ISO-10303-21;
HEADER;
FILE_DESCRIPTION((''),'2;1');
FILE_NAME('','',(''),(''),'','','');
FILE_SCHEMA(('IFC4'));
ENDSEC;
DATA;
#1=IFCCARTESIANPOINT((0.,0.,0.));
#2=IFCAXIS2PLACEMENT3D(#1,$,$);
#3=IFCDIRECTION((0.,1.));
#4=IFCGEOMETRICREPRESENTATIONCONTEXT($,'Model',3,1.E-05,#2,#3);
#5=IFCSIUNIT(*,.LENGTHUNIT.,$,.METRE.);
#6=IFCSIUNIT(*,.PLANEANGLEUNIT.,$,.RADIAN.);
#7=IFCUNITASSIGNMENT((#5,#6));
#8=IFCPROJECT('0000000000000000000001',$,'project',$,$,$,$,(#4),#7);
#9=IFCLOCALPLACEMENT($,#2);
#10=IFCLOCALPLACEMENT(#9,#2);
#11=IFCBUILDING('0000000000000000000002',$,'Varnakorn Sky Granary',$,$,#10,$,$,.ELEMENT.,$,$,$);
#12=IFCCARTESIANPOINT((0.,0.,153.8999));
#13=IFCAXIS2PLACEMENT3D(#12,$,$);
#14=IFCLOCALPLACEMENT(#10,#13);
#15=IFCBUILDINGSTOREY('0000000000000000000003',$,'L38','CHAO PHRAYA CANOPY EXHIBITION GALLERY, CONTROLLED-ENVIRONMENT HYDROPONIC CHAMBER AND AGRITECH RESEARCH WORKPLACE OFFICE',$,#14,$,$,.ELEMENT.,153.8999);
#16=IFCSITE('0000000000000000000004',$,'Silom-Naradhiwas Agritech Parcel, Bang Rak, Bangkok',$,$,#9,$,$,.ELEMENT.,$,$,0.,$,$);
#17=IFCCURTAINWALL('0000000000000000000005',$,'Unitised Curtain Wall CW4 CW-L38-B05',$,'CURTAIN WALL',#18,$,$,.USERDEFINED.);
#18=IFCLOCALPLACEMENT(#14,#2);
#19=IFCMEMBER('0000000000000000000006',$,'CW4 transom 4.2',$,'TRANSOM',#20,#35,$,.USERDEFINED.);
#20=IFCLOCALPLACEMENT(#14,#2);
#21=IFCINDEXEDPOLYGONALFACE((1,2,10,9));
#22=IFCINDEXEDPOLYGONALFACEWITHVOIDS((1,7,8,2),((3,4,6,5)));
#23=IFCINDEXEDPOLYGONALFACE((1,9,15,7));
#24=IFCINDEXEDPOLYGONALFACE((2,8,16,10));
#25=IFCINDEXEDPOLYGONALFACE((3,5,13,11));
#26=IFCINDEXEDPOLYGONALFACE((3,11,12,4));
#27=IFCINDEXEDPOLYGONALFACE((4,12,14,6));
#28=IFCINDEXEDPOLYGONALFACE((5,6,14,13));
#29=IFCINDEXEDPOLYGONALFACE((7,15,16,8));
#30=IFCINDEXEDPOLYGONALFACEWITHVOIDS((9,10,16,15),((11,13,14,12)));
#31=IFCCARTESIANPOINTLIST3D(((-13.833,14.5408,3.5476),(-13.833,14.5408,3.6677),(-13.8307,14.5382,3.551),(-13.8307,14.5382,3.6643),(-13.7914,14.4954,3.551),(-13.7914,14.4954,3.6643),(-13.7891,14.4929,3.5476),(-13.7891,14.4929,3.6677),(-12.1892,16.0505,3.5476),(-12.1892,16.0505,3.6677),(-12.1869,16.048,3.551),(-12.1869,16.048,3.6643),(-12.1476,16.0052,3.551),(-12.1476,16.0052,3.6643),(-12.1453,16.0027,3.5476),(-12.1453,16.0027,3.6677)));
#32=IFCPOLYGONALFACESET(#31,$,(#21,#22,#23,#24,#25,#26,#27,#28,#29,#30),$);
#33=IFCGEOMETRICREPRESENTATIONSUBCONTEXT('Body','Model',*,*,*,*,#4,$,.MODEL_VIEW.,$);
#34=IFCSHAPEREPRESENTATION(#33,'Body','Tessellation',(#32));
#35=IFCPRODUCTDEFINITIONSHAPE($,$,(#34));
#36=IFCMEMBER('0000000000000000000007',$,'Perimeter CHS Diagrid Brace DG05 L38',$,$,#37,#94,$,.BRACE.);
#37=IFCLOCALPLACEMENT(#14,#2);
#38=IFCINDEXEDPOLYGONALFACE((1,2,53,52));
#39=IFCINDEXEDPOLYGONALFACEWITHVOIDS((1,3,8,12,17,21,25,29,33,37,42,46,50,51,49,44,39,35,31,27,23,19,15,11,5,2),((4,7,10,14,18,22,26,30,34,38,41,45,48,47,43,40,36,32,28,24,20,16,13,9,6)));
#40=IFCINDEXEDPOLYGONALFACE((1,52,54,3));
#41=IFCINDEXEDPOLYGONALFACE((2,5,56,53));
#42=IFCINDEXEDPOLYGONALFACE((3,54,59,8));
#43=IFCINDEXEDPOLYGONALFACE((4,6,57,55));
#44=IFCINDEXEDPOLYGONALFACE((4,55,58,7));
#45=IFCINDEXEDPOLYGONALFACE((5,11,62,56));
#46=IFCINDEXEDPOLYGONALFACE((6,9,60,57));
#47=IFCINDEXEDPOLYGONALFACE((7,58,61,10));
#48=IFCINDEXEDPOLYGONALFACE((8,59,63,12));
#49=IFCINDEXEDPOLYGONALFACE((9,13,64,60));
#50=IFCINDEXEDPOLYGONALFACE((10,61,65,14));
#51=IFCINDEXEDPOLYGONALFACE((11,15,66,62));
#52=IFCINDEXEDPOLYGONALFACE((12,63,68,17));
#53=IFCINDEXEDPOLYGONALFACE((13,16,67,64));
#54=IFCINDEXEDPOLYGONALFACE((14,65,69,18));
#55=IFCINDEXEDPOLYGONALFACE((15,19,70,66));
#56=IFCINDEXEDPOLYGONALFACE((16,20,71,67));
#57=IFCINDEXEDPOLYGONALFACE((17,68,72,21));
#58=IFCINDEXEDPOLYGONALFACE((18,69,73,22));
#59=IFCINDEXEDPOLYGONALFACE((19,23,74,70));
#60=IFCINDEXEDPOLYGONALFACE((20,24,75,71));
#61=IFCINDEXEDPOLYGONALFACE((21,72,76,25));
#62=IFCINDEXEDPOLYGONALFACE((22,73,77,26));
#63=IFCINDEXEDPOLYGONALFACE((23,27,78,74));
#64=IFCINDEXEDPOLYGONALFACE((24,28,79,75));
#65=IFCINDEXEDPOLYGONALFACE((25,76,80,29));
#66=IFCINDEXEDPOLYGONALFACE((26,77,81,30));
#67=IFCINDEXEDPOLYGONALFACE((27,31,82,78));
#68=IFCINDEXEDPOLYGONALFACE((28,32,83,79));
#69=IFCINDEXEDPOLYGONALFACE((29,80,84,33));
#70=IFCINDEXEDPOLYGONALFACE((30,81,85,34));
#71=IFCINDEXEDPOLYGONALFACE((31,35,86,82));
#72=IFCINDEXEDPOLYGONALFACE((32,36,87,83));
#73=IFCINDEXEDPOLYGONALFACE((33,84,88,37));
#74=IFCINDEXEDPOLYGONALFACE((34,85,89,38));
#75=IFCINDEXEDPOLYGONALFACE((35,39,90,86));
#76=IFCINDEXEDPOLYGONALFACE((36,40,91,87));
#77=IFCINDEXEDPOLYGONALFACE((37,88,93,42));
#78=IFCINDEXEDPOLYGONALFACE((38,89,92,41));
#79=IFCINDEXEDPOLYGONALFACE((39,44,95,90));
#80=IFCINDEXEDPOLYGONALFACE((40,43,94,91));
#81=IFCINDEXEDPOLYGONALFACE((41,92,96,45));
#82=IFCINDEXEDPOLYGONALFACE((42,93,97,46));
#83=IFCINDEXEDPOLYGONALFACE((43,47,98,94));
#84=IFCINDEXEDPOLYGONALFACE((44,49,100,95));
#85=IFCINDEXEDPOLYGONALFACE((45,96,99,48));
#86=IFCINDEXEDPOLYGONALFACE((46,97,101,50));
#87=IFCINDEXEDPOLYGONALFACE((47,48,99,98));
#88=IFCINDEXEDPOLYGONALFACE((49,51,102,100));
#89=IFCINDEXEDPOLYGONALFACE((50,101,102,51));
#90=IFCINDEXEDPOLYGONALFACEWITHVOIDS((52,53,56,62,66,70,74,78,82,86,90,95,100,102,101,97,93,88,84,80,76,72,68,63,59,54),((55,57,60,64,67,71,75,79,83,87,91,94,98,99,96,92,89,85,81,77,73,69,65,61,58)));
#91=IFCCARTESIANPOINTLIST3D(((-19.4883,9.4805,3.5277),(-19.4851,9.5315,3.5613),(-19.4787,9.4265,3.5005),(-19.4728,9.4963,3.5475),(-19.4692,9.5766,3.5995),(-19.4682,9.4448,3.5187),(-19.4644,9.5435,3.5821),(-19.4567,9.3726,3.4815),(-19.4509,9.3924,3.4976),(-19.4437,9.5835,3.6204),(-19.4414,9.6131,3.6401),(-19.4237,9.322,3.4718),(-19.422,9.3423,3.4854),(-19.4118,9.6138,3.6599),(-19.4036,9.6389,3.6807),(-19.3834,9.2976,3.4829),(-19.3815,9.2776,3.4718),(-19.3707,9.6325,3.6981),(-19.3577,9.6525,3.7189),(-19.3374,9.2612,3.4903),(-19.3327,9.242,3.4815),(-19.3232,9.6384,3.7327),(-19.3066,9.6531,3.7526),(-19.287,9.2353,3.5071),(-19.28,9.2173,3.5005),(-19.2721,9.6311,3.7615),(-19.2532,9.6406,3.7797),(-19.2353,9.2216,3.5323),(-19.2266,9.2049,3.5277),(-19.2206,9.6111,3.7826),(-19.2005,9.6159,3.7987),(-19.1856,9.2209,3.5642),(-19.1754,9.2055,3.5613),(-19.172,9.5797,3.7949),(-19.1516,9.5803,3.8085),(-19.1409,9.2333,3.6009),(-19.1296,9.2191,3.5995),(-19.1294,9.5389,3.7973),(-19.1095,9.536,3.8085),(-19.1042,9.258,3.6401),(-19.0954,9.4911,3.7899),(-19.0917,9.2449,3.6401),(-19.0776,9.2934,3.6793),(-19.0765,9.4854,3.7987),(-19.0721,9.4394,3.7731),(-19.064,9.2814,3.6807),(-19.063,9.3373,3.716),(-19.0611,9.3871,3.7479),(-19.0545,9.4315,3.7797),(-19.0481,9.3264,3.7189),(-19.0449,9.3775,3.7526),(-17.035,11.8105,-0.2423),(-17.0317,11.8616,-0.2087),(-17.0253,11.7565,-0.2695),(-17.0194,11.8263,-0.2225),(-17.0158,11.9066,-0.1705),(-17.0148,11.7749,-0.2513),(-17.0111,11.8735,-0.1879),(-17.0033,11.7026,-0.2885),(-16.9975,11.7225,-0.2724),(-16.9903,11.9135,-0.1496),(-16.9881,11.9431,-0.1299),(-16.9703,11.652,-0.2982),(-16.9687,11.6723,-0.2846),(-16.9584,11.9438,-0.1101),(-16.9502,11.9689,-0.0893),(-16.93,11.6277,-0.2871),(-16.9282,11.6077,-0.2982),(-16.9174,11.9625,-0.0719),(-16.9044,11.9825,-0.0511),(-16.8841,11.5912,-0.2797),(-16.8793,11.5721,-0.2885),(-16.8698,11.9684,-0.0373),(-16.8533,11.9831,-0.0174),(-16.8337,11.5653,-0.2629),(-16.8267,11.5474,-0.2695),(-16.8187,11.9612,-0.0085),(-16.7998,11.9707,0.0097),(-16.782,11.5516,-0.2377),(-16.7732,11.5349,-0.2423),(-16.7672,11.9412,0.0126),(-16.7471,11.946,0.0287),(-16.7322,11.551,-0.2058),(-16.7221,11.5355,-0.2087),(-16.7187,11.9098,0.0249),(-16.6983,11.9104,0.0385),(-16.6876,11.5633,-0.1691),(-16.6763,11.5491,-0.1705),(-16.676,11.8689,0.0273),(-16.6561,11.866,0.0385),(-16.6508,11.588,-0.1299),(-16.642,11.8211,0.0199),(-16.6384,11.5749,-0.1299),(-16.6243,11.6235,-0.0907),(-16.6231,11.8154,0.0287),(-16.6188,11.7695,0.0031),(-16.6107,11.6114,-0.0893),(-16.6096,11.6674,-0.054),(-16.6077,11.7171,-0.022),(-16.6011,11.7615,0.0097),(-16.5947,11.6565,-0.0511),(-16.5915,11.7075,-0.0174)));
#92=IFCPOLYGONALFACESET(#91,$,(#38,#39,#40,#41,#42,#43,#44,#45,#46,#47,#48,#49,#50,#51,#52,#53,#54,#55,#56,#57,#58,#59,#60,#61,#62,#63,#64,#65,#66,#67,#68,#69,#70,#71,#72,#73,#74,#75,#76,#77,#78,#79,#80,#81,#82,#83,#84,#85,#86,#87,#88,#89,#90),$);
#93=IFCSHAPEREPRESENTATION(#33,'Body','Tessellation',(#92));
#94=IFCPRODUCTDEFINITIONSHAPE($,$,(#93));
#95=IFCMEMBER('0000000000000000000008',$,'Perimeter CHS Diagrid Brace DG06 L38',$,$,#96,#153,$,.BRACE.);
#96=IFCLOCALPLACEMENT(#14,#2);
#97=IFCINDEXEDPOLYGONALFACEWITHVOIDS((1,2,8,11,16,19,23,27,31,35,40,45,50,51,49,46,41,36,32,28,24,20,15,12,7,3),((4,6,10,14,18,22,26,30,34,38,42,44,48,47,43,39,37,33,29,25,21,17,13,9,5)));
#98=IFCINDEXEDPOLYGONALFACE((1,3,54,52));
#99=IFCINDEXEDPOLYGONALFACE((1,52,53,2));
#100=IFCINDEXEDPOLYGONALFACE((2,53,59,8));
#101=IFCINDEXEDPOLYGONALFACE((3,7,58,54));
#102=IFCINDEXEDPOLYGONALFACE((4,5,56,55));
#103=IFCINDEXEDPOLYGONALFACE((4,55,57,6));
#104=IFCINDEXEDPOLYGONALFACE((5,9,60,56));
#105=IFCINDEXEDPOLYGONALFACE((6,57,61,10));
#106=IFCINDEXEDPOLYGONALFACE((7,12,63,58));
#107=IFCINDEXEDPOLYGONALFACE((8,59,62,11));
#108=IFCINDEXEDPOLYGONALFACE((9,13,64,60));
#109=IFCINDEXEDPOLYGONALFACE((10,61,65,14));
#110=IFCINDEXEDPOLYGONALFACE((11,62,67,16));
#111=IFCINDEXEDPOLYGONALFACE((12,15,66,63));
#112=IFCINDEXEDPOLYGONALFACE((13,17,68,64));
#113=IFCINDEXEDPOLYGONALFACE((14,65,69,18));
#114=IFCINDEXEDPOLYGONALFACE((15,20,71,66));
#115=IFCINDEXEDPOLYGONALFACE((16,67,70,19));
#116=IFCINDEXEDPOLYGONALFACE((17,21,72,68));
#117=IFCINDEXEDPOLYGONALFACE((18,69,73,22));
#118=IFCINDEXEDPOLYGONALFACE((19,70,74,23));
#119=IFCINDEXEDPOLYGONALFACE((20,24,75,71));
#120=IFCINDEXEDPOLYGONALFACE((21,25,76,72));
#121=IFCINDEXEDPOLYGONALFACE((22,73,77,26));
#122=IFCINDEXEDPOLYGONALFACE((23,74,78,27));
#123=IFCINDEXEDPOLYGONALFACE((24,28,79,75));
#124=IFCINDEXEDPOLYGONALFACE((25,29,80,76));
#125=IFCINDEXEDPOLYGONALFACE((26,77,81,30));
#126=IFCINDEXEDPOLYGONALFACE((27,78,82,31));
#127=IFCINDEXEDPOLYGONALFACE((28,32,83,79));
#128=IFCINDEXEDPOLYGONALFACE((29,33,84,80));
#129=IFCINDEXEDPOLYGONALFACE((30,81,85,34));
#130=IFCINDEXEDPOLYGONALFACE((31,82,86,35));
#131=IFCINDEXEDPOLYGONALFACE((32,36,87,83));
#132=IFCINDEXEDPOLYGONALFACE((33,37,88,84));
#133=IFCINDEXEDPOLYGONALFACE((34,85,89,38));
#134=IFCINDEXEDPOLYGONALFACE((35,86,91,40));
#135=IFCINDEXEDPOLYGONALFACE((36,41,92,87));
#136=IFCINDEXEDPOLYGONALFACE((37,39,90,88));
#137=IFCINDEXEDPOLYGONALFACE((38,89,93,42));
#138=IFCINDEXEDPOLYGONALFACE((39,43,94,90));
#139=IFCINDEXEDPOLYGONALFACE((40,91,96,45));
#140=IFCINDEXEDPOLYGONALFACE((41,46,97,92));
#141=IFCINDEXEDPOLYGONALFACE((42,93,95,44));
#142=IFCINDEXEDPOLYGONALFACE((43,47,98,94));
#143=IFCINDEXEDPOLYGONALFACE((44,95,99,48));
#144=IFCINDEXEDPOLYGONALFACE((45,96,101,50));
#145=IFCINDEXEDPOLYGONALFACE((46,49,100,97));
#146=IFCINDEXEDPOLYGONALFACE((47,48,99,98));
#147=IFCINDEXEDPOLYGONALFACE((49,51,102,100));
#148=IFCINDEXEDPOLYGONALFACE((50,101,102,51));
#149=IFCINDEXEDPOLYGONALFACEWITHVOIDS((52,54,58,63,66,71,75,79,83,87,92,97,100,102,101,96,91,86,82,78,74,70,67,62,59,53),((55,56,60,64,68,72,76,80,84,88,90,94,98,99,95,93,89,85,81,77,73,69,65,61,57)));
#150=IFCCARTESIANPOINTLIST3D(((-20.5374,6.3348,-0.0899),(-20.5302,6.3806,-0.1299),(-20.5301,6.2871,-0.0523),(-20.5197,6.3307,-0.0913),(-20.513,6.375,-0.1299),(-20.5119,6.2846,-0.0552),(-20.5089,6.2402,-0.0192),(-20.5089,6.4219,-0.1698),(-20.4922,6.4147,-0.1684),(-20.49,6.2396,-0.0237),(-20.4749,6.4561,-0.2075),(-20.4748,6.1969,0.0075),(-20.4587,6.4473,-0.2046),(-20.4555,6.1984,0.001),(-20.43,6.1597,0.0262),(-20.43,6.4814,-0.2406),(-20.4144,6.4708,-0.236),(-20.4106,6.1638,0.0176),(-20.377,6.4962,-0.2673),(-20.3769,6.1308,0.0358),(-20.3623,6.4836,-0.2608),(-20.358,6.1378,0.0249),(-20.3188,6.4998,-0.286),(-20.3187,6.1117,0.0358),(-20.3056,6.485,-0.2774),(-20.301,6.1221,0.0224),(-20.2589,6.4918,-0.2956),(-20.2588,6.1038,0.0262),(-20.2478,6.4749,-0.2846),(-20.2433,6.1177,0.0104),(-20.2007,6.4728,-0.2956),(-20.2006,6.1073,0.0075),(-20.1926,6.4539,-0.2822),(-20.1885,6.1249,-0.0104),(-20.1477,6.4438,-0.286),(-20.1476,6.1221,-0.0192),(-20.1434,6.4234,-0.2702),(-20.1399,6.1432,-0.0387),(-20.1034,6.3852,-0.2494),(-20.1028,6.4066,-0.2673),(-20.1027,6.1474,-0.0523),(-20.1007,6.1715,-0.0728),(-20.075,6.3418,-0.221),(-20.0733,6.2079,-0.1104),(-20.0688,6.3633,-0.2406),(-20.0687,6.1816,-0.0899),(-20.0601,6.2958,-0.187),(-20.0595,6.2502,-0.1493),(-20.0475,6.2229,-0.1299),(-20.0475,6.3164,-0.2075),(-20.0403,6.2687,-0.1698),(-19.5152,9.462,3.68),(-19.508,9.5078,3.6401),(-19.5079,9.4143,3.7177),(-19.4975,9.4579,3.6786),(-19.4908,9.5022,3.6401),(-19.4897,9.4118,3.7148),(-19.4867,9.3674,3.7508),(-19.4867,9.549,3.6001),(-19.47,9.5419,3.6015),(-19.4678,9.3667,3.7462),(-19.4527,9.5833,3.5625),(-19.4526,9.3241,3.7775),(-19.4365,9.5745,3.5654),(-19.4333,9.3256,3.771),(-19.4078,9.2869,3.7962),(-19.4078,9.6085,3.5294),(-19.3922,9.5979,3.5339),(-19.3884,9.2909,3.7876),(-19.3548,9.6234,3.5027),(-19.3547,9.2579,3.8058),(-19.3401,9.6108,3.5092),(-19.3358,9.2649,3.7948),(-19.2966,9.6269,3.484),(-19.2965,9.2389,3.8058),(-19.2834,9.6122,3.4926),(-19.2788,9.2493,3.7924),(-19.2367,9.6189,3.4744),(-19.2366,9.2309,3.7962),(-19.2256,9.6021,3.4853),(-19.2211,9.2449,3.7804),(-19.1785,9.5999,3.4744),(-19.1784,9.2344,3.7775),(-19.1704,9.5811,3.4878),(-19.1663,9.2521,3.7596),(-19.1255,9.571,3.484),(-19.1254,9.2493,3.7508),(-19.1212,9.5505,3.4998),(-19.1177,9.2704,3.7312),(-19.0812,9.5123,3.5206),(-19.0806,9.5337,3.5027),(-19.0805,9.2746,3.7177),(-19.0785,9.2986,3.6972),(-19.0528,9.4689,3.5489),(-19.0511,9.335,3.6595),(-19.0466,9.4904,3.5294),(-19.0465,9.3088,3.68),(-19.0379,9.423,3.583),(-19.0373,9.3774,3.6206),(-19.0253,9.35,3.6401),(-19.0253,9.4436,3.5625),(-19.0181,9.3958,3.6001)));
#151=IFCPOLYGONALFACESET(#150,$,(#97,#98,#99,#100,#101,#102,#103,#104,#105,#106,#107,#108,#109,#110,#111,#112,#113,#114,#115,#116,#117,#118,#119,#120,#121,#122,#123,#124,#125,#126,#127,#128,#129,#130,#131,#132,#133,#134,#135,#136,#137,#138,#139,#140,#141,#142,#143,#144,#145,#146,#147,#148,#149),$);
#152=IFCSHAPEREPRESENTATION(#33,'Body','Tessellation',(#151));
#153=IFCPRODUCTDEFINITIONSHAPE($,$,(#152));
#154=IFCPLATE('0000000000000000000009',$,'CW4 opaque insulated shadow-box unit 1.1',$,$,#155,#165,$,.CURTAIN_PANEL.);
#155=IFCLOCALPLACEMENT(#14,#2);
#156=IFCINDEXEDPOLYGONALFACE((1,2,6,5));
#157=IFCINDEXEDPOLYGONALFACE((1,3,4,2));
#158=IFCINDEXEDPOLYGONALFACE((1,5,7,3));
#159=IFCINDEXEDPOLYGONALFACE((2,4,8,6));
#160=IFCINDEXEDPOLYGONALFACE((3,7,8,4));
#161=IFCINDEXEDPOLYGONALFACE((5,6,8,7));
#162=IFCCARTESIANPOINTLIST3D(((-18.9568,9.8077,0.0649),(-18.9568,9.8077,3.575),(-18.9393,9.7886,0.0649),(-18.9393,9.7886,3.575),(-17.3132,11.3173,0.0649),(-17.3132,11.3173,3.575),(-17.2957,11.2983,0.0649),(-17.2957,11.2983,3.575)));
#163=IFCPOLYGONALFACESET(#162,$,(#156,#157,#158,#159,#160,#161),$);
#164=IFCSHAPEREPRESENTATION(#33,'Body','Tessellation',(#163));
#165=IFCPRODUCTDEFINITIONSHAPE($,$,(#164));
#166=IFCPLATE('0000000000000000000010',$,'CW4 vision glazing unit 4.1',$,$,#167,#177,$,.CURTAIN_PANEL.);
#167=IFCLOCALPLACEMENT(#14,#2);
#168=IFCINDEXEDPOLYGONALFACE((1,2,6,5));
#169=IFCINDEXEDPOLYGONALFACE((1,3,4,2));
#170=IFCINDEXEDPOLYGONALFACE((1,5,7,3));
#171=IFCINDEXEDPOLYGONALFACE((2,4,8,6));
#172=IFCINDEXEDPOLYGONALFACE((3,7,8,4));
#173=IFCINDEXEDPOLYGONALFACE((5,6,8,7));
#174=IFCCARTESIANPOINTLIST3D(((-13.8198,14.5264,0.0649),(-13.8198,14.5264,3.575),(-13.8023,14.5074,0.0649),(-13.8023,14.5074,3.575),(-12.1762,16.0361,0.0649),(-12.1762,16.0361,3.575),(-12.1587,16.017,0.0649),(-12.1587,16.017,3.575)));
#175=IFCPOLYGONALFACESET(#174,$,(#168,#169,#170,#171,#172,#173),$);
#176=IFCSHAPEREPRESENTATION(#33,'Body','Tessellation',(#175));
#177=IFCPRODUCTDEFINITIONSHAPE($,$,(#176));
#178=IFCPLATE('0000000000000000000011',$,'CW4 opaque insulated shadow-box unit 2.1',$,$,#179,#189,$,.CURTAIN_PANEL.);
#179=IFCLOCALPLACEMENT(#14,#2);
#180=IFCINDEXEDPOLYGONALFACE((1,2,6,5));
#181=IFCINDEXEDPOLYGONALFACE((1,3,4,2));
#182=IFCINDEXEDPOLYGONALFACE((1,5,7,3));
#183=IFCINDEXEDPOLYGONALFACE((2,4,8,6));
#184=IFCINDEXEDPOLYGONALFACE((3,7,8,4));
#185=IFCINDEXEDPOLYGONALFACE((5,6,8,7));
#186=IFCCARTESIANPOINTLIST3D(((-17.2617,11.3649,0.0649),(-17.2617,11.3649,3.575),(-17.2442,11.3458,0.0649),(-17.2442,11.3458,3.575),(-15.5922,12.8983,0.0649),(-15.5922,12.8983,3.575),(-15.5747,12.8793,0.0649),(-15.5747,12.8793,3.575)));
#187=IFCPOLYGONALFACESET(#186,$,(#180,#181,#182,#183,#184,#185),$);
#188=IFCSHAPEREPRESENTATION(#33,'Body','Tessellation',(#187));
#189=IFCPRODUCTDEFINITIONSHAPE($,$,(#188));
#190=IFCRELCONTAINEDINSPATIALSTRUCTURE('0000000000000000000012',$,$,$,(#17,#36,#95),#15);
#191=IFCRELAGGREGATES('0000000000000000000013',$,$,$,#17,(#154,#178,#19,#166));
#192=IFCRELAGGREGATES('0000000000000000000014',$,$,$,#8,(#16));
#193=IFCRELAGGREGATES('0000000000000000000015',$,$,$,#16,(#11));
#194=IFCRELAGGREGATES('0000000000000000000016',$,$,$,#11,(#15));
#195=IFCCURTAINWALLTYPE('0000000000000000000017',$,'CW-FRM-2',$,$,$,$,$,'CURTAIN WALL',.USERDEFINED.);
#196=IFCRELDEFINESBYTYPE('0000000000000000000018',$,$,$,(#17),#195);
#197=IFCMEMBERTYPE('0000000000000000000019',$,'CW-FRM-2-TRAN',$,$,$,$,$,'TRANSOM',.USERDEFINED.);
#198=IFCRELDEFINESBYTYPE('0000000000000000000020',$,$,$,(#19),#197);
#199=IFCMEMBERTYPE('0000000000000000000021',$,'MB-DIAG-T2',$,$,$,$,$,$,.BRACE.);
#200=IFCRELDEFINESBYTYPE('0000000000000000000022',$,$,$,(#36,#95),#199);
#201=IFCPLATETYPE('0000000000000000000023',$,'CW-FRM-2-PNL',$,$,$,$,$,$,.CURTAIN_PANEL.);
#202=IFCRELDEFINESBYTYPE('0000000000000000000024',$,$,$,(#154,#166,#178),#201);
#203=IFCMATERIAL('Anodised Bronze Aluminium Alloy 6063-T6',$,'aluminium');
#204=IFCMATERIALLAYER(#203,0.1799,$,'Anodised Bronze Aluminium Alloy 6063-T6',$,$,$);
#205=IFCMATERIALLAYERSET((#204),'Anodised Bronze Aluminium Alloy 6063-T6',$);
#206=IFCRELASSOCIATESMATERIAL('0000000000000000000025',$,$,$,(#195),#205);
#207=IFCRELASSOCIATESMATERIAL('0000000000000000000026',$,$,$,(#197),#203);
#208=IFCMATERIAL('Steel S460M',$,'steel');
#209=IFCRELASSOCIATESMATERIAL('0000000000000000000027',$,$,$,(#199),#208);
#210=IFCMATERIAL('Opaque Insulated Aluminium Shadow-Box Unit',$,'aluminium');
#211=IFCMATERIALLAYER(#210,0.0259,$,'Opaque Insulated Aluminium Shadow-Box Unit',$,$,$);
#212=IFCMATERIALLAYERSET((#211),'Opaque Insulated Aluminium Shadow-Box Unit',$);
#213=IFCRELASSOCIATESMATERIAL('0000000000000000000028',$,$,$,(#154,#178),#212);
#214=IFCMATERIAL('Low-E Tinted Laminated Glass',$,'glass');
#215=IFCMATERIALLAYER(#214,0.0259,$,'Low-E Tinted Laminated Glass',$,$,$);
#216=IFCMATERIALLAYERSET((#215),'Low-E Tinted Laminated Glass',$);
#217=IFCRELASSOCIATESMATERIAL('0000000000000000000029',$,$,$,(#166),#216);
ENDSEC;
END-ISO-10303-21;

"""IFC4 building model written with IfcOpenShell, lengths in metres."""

from ifc_helpers import new_model, si_unit, direction, frame, origin, origin_2d, place, context, subcontext, project, spatial, rectangle, hollow_rectangle, hollow_circle, extrude, source, transform, mapped, material, layer, layer_set, material_profile, profile_set, type_object, element, aggregate, save


model = new_model("IFC4")

# Units and contexts
model_context = context("Model", 3, precision=1e-05, world=origin(), true_north=direction((0.0, 1.0)))
body_context = subcontext(model_context, "Body", "Model", "MODEL_VIEW")
ifc_project = project(units=[si_unit("LENGTHUNIT", "METRE"), si_unit("PLANEANGLEUNIT", "RADIAN")], contexts=[model_context])

# Site, building, storey
site_placement = place(None, origin())
site = spatial("IfcSite", under=ifc_project, at=site_placement, Name="Silom-Naradhiwas Agritech Parcel, Bang Rak, Bangkok", CompositionType="ELEMENT", RefElevation=0.0)
building_placement = place(site_placement, origin())
building = spatial("IfcBuilding", under=site, at=building_placement, Name="Varnakorn Sky Granary", CompositionType="ELEMENT")
storey_placement = place(building_placement, frame((0.0, 0.0, 153.8999)))
storey = spatial("IfcBuildingStorey", under=building, at=storey_placement, Name="L38", Description="CHAO PHRAYA CANOPY EXHIBITION GALLERY, CONTROLLED-ENVIRONMENT HYDROPONIC CHAMBER AND AGRITECH RESEARCH WORKPLACE OFFICE", CompositionType="ELEMENT", Elevation=153.8999)

# Shared definitions
ifc_material_1 = material(Name="Steel S460M", Category="steel")

# Curtain wall
ifc_material_2 = material(Name="Anodised Bronze Aluminium Alloy 6063-T6", Category="aluminium")
ifc_layer_1 = layer(ifc_material_2, 0.1799, Name="Anodised Bronze Aluminium Alloy 6063-T6")
ifc_layer_set_1 = layer_set([ifc_layer_1], Name="Anodised Bronze Aluminium Alloy 6063-T6")
curtain_wall_type = type_object("IfcCurtainWallType", Name="CW-FRM-2", ElementType="CURTAIN WALL", PredefinedType="USERDEFINED", material=ifc_layer_set_1)
curtain_wall_1_placement = place(storey_placement, origin())
curtain_wall_1 = element("IfcCurtainWall", 1, at=curtain_wall_1_placement, inside=storey, type_object=curtain_wall_type, Name="Unitised Curtain Wall CW4 CW-L38-B05", ObjectType="CURTAIN WALL", PredefinedType="USERDEFINED")

# Member
ifc_material_profile_1 = material_profile(ifc_material_2, hollow_rectangle(XDim=0.0649, YDim=0.1201, WallThickness=0.0034, at=origin_2d()), Name="ALU TRAN 65x120")
ifc_profile_set_1 = profile_set([ifc_material_profile_1], Name="Anodised Bronze Aluminium Alloy 6063-T6")
member_type_1 = type_object("IfcMemberType", Name="CW-FRM-2-TRAN", ElementType="TRANSOM", PredefinedType="USERDEFINED", material=ifc_profile_set_1)
member_1_placement = place(storey_placement, frame((-13.811, 14.5168, 3.6077), z_axis=(0.736495, 0.676443, 0.0), x_axis=(-0.676443, 0.736495, 0.0)))
member_1 = element("IfcMember", 2, at=member_1_placement, type_object=member_type_1, Name="CW4 transom 4.2", ObjectType="TRANSOM", PredefinedType="USERDEFINED", context=body_context, shape_type="SweptSolid", body=[
    extrude(hollow_rectangle(XDim=0.0649, YDim=0.1201, WallThickness=0.0034, at=origin_2d()), origin(), (0.0, 0.0, 1.0), 2.2319),
])

# Members
ifc_material_profile_2 = material_profile(ifc_material_1, hollow_circle(Radius=0.2539, WallThickness=0.0181, at=origin_2d()), Name="CHS 508x18")
ifc_profile_set_2 = profile_set([ifc_material_profile_2], Name="Steel S460M")
member_type_2 = type_object("IfcMemberType", Name="MB-DIAG-T2", PredefinedType="BRACE", material=ifc_profile_set_2)
member_2_placement = place(storey_placement, frame((-16.8132, 11.759, -0.1299), z_axis=(-0.48431, -0.459971, 0.744225), x_axis=(0.688653, -0.725091, 0.0)))
element("IfcMember", 3, at=member_2_placement, inside=storey, type_object=member_type_2, Name="Perimeter CHS Diagrid Brace DG05 L38", PredefinedType="BRACE", context=body_context, shape_type="SweptSolid", body=[
    extrude(hollow_circle(Radius=0.2539, WallThickness=0.0181, at=origin_2d()), origin(), (0.0, 0.0, 1.0), 5.0657),
])
member_3_placement = place(storey_placement, frame((-20.2888, 6.3018, -0.1299), z_axis=(0.204291, 0.624973, 0.753441), x_axis=(-0.950508, 0.310701, 0.0)))
element("IfcMember", 4, at=member_3_placement, inside=storey, type_object=member_type_2, Name="Perimeter CHS Diagrid Brace DG06 L38", PredefinedType="BRACE", context=body_context, shape_type="SweptSolid", body=[
    extrude(hollow_circle(Radius=0.2539, WallThickness=0.0181, at=origin_2d()), origin(), (0.0, 0.0, 1.0), 5.0037),
])

# Plates
ifc_material_3 = material(Name="Opaque Insulated Aluminium Shadow-Box Unit", Category="aluminium")
ifc_layer_2 = layer(ifc_material_3, 0.0259, Name="Opaque Insulated Aluminium Shadow-Box Unit")
ifc_layer_set_2 = layer_set([ifc_layer_2], Name="Opaque Insulated Aluminium Shadow-Box Unit")
plate_type = type_object("IfcPlateType", Name="CW-FRM-2-PNL", PredefinedType="CURTAIN_PANEL")
shared_shape_1 = source(origin(), body_context, "Body", "SweptSolid", [
    extrude(rectangle(XDim=2.2317, YDim=0.0259, at=origin_2d()), origin(), (0.0, 0.0, 1.0), 3.51),
])
plate_1_placement = place(storey_placement, frame((-18.1262, 10.553, 0.0649), z_axis=(0.0, 0.0, 1.0), x_axis=(0.736469, 0.676472, 0.0)))
plate_1 = element("IfcPlate", 5, at=plate_1_placement, type_object=plate_type, material=ifc_layer_set_2, Name="CW4 opaque insulated shadow-box unit 1.1", PredefinedType="CURTAIN_PANEL", context=body_context, shape_type="MappedRepresentation", body=[
    mapped(shared_shape_1, transform((0.0, 0.0, 0.0), x_axis=(1.0, 0.0, 0.0), y_axis=(0.0, 1.0, 0.0), z_axis=(0.0, 0.0, 1.0), scale=1.0)),
])
ifc_material_4 = material(Name="Low-E Tinted Laminated Glass", Category="glass")
ifc_layer_3 = layer(ifc_material_4, 0.0259, Name="Low-E Tinted Laminated Glass")
ifc_layer_set_3 = layer_set([ifc_layer_3], Name="Low-E Tinted Laminated Glass")
plate_2_placement = place(storey_placement, frame((-12.9893, 15.2717, 0.0649), z_axis=(0.0, 0.0, 1.0), x_axis=(0.736469, 0.676472, 0.0)))
plate_2 = element("IfcPlate", 6, at=plate_2_placement, type_object=plate_type, material=ifc_layer_set_3, Name="CW4 vision glazing unit 4.1", PredefinedType="CURTAIN_PANEL", context=body_context, shape_type="MappedRepresentation", body=[
    mapped(shared_shape_1, transform((0.0, 0.0, 0.0), x_axis=(1.0, 0.0, 0.0), y_axis=(0.0, 1.0, 0.0), z_axis=(0.0, 0.0, 1.0), scale=1.0)),
])
shared_shape_2 = source(origin(), body_context, "Body", "SweptSolid", [
    extrude(rectangle(XDim=2.2668, YDim=0.0259, at=origin_2d()), origin(), (0.0, 0.0, 1.0), 3.51),
])
plate_3_placement = place(storey_placement, frame((-16.4182, 12.1221, 0.0649), z_axis=(0.0, 0.0, 1.0), x_axis=(0.736469, 0.676472, 0.0)))
plate_3 = element("IfcPlate", 7, at=plate_3_placement, type_object=plate_type, material=ifc_layer_set_2, Name="CW4 opaque insulated shadow-box unit 2.1", PredefinedType="CURTAIN_PANEL", context=body_context, shape_type="MappedRepresentation", body=[
    mapped(shared_shape_2, transform((0.0, 0.0, 0.0), x_axis=(1.0, 0.0, 0.0), y_axis=(0.0, 1.0, 0.0), z_axis=(0.0, 0.0, 1.0), scale=1.0)),
])
aggregate(curtain_wall_1, [plate_1, plate_3, member_1, plate_2])

save(model, "model.ifc")
